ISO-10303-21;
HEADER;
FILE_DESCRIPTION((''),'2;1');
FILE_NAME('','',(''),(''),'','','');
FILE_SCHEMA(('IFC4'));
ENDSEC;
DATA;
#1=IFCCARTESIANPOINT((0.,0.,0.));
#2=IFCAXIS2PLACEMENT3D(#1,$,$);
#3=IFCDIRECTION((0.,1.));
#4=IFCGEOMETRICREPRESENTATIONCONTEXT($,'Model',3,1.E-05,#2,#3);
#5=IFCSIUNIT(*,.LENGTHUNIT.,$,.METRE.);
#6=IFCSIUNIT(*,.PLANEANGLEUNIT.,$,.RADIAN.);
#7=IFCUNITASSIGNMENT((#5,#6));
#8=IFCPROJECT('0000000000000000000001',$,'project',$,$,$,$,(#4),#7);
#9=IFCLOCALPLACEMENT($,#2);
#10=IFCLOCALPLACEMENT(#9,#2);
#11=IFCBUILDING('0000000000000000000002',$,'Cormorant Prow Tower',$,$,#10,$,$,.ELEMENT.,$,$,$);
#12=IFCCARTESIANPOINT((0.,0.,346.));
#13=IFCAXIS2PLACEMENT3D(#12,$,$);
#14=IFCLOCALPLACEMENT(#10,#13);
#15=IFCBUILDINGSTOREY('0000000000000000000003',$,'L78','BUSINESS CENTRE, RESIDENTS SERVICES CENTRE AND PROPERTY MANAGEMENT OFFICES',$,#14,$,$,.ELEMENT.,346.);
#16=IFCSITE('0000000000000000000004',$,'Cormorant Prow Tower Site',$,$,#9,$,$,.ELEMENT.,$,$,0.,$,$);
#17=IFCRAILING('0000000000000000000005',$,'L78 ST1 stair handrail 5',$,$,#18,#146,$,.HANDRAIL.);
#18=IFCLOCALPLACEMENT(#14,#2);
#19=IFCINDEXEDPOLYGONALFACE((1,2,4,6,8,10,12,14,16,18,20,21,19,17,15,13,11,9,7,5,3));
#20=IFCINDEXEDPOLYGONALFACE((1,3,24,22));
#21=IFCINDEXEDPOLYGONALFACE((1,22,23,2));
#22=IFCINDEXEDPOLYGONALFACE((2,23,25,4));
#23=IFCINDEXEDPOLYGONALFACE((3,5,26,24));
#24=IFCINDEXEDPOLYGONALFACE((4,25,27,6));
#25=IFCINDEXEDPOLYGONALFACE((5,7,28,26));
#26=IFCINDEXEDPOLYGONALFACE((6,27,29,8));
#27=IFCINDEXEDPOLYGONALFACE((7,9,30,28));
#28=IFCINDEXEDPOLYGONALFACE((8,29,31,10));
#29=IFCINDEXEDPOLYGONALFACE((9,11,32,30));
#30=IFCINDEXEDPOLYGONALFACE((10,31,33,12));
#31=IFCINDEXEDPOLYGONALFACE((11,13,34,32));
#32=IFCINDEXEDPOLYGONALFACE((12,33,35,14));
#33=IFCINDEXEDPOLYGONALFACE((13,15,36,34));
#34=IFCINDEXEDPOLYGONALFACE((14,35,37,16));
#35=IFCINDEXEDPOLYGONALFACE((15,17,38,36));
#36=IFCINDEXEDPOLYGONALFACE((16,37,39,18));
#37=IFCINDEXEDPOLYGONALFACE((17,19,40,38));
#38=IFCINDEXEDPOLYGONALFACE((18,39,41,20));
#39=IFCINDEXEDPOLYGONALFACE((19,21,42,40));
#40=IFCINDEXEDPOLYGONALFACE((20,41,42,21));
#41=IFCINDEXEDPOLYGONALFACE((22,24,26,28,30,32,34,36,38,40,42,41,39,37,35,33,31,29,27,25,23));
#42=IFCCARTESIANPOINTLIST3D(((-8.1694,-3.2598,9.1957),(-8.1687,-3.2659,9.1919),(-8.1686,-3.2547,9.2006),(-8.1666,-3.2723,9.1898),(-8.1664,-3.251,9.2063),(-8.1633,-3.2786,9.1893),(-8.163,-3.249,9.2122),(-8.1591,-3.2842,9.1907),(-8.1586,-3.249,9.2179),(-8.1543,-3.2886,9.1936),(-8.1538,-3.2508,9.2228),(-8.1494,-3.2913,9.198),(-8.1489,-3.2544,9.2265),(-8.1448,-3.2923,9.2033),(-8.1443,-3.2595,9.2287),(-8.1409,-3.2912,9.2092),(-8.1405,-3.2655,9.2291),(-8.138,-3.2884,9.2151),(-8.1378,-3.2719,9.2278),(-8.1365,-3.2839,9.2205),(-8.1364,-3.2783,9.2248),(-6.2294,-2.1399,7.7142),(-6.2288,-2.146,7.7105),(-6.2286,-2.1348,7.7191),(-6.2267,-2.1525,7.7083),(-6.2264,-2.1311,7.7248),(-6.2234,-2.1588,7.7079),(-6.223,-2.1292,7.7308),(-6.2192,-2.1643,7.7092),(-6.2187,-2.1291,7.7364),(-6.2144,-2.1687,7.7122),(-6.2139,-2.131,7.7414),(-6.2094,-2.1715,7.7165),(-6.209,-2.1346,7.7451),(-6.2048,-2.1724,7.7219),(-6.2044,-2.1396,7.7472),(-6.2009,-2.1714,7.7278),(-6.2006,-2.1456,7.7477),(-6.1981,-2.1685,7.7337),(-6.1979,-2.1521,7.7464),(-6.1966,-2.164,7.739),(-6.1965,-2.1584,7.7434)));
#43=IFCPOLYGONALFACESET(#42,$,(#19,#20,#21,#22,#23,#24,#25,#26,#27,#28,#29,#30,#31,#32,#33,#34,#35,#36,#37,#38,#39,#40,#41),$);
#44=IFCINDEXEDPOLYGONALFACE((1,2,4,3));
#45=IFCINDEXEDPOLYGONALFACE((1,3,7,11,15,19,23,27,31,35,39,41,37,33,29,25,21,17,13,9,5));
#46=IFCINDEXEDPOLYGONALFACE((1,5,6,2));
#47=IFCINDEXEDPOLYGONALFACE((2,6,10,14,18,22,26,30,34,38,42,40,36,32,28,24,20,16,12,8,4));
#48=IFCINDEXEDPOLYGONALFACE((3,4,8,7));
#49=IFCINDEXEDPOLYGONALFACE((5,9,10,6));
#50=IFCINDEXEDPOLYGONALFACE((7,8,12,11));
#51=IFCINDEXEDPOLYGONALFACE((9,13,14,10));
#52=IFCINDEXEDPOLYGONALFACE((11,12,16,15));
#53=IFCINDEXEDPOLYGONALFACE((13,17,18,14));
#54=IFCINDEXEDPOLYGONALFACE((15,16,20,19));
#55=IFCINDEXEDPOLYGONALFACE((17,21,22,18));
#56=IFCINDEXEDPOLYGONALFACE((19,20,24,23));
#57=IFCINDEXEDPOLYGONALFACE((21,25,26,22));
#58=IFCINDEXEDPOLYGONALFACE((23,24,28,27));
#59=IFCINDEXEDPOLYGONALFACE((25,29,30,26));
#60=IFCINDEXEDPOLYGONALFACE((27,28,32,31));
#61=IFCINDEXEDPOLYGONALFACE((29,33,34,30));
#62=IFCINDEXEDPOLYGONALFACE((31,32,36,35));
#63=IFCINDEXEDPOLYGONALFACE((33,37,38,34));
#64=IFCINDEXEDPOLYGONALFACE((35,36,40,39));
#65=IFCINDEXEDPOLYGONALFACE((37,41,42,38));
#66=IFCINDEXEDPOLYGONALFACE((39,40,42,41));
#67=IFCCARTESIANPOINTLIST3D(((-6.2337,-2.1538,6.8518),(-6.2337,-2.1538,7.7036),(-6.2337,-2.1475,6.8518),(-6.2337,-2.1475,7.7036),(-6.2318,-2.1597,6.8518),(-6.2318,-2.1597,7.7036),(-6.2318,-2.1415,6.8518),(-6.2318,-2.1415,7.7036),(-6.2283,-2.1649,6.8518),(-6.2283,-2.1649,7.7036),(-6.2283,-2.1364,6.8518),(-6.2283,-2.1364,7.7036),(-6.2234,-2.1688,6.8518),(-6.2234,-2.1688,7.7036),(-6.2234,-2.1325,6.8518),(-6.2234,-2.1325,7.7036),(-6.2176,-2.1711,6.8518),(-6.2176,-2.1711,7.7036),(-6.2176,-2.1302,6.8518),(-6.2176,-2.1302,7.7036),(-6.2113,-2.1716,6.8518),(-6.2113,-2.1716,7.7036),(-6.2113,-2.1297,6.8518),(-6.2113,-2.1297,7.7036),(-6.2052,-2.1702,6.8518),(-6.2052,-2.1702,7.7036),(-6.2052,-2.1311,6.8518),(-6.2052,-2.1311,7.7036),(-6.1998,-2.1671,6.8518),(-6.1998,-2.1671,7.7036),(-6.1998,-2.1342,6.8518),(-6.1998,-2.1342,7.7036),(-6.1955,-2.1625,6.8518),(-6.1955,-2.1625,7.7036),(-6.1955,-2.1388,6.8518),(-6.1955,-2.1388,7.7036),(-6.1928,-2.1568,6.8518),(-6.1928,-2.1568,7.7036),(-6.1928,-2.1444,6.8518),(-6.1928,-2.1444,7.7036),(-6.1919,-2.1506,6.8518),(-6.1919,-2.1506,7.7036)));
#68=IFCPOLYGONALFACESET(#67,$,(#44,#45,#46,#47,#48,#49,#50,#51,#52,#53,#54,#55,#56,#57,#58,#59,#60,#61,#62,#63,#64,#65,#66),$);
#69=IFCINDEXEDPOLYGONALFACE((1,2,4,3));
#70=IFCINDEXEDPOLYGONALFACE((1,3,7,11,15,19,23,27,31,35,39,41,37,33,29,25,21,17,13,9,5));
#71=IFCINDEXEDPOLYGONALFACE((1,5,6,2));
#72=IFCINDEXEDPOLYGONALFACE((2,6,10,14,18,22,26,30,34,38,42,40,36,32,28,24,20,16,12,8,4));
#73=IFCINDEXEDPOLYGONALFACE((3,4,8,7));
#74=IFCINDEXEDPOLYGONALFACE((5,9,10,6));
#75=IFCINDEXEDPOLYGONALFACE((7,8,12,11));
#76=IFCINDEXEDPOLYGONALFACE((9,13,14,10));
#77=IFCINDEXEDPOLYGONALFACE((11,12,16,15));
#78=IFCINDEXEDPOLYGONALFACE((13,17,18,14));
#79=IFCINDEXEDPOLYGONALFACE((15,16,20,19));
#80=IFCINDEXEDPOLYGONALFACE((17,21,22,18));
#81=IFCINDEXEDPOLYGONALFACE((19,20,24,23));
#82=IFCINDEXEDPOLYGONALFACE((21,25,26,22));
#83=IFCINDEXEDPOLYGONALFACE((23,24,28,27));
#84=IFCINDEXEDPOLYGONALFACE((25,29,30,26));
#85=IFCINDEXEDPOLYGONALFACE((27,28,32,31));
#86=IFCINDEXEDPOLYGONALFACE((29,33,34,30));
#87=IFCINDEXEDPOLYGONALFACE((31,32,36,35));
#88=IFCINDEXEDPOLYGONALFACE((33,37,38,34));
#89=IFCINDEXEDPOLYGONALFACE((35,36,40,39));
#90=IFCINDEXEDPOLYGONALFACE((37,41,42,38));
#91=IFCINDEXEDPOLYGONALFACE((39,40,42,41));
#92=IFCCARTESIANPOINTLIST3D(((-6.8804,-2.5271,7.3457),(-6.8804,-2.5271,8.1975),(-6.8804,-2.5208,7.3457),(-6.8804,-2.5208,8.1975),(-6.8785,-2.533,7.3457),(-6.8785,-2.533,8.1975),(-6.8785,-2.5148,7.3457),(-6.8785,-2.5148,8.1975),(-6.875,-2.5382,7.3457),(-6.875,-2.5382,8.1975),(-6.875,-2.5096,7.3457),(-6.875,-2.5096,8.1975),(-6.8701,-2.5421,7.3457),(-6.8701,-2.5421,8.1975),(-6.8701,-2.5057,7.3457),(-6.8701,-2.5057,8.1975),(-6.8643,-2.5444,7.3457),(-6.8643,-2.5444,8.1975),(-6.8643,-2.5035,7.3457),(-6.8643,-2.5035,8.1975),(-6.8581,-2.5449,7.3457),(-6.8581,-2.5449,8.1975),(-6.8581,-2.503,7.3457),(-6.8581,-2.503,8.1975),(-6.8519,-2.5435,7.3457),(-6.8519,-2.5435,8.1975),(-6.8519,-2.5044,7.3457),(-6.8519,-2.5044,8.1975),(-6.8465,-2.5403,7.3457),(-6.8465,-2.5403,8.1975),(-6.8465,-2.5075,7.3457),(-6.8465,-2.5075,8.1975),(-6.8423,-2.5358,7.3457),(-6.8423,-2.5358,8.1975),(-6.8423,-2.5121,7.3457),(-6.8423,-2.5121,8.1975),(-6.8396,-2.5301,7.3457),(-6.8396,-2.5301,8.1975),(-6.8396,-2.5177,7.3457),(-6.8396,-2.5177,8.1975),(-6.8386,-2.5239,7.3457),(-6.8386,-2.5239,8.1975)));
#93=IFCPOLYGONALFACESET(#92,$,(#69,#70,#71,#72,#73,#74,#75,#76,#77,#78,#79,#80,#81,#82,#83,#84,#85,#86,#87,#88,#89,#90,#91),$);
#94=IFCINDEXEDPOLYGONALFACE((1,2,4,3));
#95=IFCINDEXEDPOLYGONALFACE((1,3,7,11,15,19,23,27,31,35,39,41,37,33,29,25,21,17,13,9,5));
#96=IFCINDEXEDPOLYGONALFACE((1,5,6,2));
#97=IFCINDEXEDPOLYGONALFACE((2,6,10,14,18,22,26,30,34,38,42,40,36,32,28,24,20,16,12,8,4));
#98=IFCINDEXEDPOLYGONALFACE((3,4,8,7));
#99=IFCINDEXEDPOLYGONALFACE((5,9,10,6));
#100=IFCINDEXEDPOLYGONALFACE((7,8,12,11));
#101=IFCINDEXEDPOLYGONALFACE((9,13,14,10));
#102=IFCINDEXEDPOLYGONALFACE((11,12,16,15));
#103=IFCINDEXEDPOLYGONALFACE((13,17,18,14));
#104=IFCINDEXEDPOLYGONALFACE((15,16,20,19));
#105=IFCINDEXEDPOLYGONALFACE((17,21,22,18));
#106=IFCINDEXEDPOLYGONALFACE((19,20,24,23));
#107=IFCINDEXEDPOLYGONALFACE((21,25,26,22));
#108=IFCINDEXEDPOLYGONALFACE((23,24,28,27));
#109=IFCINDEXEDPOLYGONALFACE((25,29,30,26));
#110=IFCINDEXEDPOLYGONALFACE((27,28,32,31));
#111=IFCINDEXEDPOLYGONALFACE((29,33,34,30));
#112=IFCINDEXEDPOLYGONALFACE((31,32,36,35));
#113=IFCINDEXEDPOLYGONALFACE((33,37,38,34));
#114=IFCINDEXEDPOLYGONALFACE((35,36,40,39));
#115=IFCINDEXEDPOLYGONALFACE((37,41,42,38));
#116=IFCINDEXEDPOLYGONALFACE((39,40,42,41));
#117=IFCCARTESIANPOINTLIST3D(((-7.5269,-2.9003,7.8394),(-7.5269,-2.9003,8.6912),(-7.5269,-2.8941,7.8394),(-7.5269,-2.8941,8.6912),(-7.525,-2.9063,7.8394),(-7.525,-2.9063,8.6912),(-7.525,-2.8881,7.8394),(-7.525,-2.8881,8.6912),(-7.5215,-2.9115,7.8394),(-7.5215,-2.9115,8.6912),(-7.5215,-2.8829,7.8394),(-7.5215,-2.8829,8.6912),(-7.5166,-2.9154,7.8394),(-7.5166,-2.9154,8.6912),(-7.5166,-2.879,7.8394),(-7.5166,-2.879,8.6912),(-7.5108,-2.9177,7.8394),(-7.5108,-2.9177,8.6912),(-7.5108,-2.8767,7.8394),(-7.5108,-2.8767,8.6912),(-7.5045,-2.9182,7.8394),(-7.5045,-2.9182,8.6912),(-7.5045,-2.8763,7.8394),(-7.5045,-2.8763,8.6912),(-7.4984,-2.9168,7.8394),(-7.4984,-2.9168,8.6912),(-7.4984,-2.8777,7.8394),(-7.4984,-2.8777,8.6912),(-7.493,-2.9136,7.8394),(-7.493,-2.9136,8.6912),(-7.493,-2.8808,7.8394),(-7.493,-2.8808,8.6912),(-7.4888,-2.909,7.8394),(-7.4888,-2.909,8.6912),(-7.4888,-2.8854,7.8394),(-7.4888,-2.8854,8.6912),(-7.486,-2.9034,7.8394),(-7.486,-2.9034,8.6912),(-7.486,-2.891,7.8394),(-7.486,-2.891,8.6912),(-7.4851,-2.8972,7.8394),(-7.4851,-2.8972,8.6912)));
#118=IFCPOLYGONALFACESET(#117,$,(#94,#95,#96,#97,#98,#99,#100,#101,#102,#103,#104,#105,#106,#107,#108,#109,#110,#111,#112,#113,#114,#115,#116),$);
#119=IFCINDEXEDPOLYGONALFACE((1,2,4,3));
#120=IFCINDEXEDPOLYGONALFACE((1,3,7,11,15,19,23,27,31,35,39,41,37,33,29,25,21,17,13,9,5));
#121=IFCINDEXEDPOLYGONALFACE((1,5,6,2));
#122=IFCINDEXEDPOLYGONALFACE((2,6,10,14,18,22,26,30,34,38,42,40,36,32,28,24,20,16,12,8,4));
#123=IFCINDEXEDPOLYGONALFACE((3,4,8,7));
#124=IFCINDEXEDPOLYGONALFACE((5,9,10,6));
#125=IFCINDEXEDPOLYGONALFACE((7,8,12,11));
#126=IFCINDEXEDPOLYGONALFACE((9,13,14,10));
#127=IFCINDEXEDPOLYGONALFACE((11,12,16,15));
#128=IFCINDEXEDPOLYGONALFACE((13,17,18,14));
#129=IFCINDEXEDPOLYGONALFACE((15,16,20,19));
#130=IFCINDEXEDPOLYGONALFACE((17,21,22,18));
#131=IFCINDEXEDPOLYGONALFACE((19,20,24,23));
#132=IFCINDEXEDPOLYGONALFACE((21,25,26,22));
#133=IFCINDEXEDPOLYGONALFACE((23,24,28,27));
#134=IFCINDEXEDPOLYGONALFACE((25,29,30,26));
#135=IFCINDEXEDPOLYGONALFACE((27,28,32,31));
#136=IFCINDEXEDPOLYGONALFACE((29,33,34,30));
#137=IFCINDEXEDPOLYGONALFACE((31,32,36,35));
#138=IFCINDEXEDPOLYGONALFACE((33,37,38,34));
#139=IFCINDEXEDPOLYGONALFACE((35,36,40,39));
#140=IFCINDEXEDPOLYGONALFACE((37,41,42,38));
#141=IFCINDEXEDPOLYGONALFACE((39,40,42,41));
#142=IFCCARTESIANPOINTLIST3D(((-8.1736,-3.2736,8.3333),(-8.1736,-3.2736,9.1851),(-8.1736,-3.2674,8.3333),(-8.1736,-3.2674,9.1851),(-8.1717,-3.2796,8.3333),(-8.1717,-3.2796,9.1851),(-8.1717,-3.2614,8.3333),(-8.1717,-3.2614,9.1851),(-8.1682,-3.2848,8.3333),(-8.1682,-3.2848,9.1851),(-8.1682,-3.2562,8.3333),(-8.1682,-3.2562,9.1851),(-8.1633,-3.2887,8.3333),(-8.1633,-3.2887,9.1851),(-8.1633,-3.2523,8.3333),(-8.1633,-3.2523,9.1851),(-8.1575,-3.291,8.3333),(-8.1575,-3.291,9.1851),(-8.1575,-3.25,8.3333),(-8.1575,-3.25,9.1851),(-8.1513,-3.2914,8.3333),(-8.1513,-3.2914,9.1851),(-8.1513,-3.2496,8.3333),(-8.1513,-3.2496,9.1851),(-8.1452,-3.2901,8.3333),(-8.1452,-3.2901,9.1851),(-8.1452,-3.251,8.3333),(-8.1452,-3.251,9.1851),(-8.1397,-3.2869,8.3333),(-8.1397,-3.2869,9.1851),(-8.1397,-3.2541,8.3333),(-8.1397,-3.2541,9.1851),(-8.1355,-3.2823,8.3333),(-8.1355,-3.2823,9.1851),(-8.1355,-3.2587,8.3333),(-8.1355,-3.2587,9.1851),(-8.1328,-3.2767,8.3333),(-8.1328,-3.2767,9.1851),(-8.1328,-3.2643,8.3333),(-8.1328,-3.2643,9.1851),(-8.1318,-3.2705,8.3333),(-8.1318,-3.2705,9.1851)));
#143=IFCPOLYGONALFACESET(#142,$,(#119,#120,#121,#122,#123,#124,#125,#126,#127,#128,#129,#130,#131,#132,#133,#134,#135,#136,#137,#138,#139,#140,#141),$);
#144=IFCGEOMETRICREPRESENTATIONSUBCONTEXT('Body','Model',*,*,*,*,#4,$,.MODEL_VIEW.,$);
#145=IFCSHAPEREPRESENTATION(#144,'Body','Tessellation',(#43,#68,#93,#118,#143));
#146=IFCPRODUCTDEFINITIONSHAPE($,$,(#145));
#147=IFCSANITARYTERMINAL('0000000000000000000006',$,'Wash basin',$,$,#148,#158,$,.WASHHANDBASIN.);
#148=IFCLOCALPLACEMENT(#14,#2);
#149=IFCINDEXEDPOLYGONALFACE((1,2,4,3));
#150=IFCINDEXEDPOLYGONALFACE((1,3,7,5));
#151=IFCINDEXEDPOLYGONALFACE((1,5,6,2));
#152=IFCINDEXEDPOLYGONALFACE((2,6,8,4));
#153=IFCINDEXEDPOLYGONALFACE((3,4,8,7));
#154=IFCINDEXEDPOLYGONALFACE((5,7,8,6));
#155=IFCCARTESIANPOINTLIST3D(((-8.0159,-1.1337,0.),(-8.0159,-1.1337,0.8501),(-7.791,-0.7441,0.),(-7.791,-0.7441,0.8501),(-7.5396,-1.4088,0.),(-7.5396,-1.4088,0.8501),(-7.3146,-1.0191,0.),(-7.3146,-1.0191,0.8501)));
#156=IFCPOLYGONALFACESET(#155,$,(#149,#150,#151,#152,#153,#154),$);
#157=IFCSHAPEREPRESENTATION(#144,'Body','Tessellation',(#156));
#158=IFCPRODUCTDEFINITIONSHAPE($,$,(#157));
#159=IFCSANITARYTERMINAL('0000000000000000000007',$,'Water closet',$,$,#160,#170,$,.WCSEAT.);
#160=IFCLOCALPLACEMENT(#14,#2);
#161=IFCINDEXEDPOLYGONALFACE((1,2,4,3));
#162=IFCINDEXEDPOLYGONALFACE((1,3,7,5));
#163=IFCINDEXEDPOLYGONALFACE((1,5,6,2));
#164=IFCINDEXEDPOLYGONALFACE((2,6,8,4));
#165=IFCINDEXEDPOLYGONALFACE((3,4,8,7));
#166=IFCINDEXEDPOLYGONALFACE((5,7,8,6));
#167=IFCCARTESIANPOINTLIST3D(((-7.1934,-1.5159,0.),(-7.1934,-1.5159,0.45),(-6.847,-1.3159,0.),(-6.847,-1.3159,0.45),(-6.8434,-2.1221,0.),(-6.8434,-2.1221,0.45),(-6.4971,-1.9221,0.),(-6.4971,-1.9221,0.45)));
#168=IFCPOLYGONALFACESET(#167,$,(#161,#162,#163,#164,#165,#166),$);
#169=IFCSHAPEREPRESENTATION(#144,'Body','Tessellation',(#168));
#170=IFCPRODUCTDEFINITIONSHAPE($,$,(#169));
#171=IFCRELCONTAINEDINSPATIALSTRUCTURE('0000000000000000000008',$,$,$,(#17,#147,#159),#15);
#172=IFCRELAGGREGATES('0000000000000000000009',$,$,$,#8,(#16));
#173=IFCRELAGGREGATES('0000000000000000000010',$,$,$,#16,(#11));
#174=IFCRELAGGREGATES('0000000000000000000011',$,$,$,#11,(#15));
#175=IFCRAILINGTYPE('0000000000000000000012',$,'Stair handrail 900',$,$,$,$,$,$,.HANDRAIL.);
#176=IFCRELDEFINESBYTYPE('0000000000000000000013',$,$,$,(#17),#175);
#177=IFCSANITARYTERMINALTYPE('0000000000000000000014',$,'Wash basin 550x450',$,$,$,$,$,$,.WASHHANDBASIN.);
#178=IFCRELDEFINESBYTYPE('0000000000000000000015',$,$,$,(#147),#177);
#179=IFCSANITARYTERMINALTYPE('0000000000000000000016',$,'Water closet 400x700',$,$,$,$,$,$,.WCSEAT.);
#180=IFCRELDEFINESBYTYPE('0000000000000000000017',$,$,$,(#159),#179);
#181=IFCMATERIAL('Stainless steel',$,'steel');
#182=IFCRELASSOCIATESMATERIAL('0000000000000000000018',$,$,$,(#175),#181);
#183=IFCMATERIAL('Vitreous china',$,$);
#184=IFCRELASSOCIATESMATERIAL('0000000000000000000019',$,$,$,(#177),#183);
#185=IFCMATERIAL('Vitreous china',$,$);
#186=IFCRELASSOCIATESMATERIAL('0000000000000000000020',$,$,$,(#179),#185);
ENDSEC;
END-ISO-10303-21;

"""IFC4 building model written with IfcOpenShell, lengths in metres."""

from ifc_helpers import new_model, si_unit, direction, frame, origin, origin_2d, place, context, subcontext, project, spatial, rectangle, circle, extrude, material, type_object, element, save


model = new_model("IFC4")

# Units and contexts
model_context = context("Model", 3, precision=1e-05, world=origin(), true_north=direction((0.0, 1.0)))
body_context = subcontext(model_context, "Body", "Model", "MODEL_VIEW")
ifc_project = project(units=[si_unit("LENGTHUNIT", "METRE"), si_unit("PLANEANGLEUNIT", "RADIAN")], contexts=[model_context])

# Site, building, storey
site_placement = place(None, origin())
site = spatial("IfcSite", under=ifc_project, at=site_placement, Name="Cormorant Prow Tower Site", CompositionType="ELEMENT", RefElevation=0.0)
building_placement = place(site_placement, origin())
building = spatial("IfcBuilding", under=site, at=building_placement, Name="Cormorant Prow Tower", CompositionType="ELEMENT")
storey_placement = place(building_placement, frame((0.0, 0.0, 346.0)))
storey = spatial("IfcBuildingStorey", under=building, at=storey_placement, Name="L78", Description="BUSINESS CENTRE, RESIDENTS SERVICES CENTRE AND PROPERTY MANAGEMENT OFFICES", CompositionType="ELEMENT", Elevation=346.0)

# Railing
ifc_material_1 = material(Name="Stainless steel", Category="steel")
railing_type = type_object("IfcRailingType", Name="Stair handrail 900", PredefinedType="HANDRAIL", material=ifc_material_1)
for number, where, name in (
    (1, (-6.2129, -2.1506, 6.8518), "L78 ST1 stair handrail 5"),
):
    element("IfcRailing", number, at=place(storey_placement, frame(where)), inside=storey, type_object=railing_type, Name=name, PredefinedType="HANDRAIL", context=body_context, shape_type="SweptSolid", body=[
        extrude(circle(Radius=0.0239, at=origin_2d()), frame((0.0, 0.0, 0.876), z_axis=(-0.722363, -0.417, 0.551636), x_axis=(0.499949, -0.866055, 0.0)), (0.0, 0.0, 1.0), 2.6855),
        extrude(circle(Radius=0.021, at=origin_2d()), origin(), (0.0, 0.0, 1.0), 0.8518),
        extrude(circle(Radius=0.021, at=origin_2d()), frame((-0.6467, -0.3733, 0.4939)), (0.0, 0.0, 1.0), 0.8518),
        extrude(circle(Radius=0.021, at=origin_2d()), frame((-1.2932, -0.7466, 0.9875)), (0.0, 0.0, 1.0), 0.8518),
        extrude(circle(Radius=0.021, at=origin_2d()), frame((-1.9399, -1.1199, 1.4814)), (0.0, 0.0, 1.0), 0.8518),
    ])

# Sanitary terminals
ifc_material_2 = material(Name="Vitreous china")
sanitary_terminal_type_1 = type_object("IfcSanitaryTerminalType", Name="Wash basin 550x450", PredefinedType="WASHHANDBASIN", material=ifc_material_2)
sanitary_terminal_1_placement = place(storey_placement, frame((-7.6653, -1.0764, 0.0), z_axis=(0.0, 0.0, 1.0), x_axis=(-0.866025, 0.5, 0.0)))
element("IfcSanitaryTerminal", 2, at=sanitary_terminal_1_placement, inside=storey, type_object=sanitary_terminal_type_1, Name="Wash basin", PredefinedType="WASHHANDBASIN", context=body_context, shape_type="SweptSolid", body=[
    extrude(rectangle(XDim=0.55, YDim=0.45, at=origin_2d()), origin(), (0.0, 0.0, 1.0), 0.8501),
])
ifc_material_3 = material(Name="Vitreous china")
sanitary_terminal_type_2 = type_object("IfcSanitaryTerminalType", Name="Water closet 400x700", PredefinedType="WCSEAT", material=ifc_material_3)
sanitary_terminal_2_placement = place(storey_placement, frame((-6.8452, -1.719, 0.0), z_axis=(0.0, 0.0, 1.0), x_axis=(0.866017, 0.500015, 0.0)))
element("IfcSanitaryTerminal", 3, at=sanitary_terminal_2_placement, inside=storey, type_object=sanitary_terminal_type_2, Name="Water closet", PredefinedType="WCSEAT", context=body_context, shape_type="SweptSolid", body=[
    extrude(rectangle(XDim=0.3999, YDim=0.7, at=origin_2d()), origin(), (0.0, 0.0, 1.0), 0.45),
])

save(model, "model.ifc")
